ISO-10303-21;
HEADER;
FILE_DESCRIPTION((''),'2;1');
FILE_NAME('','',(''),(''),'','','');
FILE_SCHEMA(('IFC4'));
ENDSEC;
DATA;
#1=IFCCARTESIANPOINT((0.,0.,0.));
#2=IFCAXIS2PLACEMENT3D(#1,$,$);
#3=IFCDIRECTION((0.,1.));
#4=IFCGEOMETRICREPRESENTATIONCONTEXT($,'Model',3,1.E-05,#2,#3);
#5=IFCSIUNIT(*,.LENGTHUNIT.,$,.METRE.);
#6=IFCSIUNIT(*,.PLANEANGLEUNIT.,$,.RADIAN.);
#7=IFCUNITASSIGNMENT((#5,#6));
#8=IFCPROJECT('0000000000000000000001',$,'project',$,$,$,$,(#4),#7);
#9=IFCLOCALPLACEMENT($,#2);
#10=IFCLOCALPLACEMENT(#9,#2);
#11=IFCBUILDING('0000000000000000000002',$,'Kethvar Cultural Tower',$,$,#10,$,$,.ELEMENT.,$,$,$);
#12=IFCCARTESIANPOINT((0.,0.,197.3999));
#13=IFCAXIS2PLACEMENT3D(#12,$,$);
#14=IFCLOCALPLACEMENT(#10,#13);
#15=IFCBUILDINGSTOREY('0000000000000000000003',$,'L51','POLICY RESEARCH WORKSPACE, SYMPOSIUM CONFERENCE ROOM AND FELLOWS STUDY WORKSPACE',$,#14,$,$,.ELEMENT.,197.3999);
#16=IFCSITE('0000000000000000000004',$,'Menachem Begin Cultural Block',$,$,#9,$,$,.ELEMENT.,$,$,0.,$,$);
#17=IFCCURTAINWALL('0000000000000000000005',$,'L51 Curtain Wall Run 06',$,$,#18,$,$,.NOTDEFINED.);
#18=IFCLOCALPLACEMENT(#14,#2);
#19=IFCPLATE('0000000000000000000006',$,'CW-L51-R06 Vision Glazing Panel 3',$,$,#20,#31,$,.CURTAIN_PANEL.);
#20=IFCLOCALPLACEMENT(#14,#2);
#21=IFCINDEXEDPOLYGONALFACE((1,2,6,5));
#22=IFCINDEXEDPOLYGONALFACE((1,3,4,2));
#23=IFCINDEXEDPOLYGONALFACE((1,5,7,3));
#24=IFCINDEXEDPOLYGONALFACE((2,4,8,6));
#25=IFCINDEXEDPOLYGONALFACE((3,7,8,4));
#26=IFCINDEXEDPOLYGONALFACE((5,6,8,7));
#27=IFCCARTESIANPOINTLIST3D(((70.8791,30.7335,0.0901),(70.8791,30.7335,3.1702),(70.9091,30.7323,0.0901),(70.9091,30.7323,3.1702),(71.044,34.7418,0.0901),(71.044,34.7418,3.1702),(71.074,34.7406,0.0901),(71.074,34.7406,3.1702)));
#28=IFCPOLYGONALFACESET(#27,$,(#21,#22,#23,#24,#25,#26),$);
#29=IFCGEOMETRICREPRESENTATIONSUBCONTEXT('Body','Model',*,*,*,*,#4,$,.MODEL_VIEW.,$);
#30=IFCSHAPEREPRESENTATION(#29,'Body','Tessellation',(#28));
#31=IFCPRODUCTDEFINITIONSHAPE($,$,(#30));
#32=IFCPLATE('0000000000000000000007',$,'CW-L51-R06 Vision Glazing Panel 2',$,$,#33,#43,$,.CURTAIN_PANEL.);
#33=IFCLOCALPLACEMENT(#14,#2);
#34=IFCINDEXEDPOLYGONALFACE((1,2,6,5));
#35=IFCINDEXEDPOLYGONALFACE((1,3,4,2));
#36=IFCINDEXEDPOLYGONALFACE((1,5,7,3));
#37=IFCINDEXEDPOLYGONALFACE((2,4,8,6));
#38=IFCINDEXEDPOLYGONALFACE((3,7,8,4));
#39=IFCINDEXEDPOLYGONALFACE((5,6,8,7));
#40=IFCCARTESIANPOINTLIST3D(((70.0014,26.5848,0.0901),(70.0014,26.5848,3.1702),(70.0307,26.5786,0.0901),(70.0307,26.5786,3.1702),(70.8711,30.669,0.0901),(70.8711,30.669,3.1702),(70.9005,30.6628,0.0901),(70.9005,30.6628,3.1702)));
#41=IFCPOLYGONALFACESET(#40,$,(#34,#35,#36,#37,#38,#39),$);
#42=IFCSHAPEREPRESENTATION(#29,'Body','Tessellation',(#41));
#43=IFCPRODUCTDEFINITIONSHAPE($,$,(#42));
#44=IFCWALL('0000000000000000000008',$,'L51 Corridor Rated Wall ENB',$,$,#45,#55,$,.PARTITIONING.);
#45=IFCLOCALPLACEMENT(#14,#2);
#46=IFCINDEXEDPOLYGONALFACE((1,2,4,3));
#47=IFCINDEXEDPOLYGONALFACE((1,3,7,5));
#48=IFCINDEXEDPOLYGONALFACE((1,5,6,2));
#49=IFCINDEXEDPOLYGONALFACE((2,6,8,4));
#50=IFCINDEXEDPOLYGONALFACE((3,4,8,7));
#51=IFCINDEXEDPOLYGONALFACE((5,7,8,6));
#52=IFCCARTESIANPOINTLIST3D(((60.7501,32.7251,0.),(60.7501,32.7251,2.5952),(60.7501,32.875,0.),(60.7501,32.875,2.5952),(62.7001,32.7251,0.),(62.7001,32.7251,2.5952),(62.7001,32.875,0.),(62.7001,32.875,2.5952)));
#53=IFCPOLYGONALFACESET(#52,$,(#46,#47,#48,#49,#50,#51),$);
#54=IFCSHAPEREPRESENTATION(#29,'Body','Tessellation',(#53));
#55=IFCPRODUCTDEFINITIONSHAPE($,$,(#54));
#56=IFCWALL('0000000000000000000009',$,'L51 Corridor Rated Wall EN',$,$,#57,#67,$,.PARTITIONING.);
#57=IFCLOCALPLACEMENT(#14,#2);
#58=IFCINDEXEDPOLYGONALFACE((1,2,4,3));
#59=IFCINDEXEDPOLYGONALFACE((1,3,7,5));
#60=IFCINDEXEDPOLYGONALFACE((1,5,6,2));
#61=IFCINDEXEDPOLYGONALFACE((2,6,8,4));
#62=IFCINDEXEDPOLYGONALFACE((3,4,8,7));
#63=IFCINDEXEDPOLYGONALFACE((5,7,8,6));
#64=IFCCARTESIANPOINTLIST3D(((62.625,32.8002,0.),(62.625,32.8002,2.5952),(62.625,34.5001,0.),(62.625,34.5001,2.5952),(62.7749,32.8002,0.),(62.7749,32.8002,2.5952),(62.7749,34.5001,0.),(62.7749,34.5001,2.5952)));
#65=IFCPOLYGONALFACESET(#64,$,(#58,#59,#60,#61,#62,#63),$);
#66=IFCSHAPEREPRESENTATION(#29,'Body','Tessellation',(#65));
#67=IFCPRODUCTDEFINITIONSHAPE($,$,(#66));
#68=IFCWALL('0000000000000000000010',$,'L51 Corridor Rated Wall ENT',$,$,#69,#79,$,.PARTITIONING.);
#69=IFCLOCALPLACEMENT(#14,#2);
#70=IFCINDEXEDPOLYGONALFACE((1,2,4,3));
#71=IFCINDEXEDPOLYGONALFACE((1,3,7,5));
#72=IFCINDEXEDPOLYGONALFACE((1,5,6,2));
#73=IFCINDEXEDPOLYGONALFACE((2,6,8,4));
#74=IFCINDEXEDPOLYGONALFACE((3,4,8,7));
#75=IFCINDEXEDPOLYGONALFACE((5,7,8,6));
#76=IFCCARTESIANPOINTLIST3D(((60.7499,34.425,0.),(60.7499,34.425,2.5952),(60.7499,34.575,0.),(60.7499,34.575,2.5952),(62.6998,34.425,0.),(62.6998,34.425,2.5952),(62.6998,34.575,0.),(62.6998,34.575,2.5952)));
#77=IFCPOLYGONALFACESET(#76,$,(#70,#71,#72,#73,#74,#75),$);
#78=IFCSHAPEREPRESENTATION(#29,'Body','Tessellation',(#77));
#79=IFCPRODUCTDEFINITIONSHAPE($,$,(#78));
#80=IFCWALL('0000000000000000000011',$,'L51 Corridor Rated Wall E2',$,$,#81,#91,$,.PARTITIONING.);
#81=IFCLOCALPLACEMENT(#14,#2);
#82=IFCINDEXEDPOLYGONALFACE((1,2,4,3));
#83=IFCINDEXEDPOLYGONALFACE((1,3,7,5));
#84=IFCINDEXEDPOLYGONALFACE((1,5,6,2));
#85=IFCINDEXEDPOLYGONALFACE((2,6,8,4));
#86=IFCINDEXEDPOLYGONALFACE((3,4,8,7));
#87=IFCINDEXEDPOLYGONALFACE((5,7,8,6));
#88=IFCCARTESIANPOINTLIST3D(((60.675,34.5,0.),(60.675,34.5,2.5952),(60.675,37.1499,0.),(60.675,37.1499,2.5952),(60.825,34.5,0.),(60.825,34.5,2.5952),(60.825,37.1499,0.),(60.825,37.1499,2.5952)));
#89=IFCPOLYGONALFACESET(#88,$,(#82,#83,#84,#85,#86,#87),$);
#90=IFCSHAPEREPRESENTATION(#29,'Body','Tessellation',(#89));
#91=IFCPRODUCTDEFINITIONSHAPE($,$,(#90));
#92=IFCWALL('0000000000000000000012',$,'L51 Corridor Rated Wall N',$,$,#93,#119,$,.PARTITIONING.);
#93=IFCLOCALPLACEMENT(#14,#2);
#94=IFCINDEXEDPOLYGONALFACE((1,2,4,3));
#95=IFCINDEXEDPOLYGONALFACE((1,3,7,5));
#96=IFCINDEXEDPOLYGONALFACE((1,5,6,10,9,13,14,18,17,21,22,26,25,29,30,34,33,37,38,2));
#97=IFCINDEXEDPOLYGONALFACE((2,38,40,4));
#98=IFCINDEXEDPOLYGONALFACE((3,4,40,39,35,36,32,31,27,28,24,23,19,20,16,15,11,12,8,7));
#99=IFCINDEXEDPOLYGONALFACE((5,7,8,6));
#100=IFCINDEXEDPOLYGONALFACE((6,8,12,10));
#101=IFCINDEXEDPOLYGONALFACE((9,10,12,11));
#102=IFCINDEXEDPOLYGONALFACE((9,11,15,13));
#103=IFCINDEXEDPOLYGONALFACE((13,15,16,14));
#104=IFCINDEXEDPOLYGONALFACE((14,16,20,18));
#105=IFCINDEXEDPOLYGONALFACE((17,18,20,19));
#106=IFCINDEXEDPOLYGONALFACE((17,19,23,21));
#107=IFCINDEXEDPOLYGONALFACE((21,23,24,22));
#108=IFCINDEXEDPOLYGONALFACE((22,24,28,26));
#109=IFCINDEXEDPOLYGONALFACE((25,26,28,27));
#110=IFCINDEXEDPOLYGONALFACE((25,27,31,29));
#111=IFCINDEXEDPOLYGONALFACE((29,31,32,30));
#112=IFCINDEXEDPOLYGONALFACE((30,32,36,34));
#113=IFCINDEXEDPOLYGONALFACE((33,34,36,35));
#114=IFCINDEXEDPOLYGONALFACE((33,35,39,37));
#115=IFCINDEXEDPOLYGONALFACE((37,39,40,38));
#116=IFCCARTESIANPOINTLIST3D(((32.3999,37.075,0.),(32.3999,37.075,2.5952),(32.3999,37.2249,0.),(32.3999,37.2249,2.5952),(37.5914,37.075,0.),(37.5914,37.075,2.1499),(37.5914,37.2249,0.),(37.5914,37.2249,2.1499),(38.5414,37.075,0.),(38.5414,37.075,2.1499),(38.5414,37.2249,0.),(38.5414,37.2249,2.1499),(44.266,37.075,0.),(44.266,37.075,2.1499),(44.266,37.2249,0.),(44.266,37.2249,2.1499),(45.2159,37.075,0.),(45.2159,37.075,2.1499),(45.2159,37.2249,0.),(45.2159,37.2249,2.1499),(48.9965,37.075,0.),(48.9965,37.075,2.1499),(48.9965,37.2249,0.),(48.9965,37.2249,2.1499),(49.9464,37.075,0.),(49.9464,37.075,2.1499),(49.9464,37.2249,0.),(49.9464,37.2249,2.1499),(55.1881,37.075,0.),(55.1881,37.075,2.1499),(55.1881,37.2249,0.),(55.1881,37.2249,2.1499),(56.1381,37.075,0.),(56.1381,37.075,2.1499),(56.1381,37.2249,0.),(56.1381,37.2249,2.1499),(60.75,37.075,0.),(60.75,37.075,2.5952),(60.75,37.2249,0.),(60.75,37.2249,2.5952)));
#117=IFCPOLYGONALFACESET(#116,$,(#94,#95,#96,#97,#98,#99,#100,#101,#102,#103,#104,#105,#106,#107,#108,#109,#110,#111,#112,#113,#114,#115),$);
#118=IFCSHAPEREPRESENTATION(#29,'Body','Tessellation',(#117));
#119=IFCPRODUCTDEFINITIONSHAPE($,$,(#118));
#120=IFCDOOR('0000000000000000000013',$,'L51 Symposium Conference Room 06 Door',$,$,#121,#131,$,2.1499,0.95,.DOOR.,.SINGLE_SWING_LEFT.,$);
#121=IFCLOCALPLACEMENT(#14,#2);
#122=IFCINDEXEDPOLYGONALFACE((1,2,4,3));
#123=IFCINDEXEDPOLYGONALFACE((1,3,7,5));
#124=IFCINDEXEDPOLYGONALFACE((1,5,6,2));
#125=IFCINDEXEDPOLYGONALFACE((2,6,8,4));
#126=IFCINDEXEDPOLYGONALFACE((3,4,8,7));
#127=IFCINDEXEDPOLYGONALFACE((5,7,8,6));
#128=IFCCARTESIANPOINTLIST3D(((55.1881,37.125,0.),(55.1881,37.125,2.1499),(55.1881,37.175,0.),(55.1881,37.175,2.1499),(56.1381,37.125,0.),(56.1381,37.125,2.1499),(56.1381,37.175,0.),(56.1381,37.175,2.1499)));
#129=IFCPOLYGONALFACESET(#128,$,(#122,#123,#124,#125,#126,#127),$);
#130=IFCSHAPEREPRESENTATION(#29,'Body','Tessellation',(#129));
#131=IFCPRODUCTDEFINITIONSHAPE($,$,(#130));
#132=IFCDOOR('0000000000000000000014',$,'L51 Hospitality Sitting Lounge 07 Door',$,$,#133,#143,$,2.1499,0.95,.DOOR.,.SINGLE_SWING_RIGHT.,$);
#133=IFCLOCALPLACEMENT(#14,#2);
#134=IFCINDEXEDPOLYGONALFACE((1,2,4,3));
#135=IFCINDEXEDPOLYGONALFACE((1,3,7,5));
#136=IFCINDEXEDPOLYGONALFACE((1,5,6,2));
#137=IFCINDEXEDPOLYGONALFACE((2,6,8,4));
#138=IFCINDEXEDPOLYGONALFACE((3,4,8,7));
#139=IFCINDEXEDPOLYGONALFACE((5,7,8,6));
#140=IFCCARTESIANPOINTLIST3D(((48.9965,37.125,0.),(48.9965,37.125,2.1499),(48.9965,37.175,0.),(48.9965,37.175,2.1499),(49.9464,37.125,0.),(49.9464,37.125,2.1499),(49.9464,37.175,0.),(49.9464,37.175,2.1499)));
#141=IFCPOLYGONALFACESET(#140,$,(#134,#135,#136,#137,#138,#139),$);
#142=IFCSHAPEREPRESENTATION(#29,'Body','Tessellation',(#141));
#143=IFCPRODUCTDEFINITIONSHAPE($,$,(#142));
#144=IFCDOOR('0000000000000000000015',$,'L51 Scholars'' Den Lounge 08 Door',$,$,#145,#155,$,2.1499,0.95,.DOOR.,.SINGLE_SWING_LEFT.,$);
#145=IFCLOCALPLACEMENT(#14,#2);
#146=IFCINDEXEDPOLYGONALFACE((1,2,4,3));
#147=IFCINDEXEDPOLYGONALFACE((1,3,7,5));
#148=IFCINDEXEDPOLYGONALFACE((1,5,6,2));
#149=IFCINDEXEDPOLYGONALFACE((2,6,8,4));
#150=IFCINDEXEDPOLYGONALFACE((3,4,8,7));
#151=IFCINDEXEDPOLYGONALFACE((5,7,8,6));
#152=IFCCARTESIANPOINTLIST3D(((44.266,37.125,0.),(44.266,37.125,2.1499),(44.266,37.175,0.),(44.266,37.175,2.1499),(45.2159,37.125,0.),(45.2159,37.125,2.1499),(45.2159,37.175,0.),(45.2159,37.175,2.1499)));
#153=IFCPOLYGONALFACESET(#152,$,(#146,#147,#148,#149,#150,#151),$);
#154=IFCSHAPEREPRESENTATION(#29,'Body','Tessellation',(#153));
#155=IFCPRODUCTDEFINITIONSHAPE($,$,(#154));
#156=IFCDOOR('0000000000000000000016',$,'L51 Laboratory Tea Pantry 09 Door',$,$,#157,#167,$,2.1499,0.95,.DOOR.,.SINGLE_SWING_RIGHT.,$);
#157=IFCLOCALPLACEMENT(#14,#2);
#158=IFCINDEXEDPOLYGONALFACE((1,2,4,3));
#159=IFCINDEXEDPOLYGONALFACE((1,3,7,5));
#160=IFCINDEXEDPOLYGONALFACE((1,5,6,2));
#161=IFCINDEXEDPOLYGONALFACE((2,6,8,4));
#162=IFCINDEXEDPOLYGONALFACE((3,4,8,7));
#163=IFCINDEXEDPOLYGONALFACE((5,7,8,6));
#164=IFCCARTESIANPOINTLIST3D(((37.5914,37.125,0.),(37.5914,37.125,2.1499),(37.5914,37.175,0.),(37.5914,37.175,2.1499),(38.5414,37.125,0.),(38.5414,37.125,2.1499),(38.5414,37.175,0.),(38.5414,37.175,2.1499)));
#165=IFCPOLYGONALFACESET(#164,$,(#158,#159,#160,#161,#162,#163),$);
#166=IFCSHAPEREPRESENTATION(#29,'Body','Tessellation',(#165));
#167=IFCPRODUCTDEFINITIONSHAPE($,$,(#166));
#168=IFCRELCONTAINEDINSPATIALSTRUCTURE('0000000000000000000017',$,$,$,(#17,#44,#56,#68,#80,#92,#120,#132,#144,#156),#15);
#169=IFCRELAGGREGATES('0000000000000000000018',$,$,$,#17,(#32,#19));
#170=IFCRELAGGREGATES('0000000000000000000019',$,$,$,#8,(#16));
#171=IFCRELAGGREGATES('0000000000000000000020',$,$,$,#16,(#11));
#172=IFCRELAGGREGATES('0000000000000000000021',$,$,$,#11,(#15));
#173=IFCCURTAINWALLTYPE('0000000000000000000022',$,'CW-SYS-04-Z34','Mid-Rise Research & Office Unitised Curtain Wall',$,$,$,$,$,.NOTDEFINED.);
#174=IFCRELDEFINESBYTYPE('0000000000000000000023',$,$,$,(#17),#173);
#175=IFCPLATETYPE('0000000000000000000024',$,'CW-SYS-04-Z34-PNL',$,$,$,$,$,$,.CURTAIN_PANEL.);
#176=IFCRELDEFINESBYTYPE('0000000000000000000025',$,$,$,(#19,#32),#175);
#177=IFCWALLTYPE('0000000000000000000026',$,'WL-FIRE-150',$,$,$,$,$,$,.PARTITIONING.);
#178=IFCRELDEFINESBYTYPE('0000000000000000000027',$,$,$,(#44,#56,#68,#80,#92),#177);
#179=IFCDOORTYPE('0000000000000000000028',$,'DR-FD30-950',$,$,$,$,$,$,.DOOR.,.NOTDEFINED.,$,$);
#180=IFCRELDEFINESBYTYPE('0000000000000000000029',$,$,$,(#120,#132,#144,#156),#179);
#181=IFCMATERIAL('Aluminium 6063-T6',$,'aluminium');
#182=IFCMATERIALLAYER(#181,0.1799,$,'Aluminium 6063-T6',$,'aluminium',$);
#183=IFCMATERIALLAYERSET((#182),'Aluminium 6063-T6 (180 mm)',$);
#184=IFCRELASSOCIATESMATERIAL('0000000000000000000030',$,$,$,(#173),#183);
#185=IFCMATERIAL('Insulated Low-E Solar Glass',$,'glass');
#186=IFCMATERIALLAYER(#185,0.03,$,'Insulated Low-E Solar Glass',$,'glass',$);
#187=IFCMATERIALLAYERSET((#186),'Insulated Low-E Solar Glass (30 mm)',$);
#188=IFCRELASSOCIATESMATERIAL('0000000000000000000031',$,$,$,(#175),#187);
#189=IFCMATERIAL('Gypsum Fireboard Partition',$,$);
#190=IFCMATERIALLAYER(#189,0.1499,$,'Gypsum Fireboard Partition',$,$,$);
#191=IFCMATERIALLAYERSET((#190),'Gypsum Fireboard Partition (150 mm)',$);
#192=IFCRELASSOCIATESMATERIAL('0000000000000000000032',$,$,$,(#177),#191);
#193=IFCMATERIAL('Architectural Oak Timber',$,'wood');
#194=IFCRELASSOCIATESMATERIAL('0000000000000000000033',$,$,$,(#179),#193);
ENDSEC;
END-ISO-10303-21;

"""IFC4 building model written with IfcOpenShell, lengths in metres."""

from ifc_helpers import new_model, si_unit, direction, frame, frame_2d, origin, origin_2d, place, context, subcontext, project, spatial, rectangle, extrude, source, transform, mapped, material, layer, layer_set, type_object, element, fill, aggregate, save


model = new_model("IFC4")

# Units and contexts
model_context = context("Model", 3, precision=1e-05, world=origin(), true_north=direction((0.0, 1.0)))
body_context = subcontext(model_context, "Body", "Model", "MODEL_VIEW")
ifc_project = project(units=[si_unit("LENGTHUNIT", "METRE"), si_unit("PLANEANGLEUNIT", "RADIAN")], contexts=[model_context])

# Site, building, storey
site_placement = place(None, origin())
site = spatial("IfcSite", under=ifc_project, at=site_placement, Name="Menachem Begin Cultural Block", CompositionType="ELEMENT", RefElevation=0.0)
building_placement = place(site_placement, origin())
building = spatial("IfcBuilding", under=site, at=building_placement, Name="Kethvar Cultural Tower", CompositionType="ELEMENT")
storey_placement = place(building_placement, frame((0.0, 0.0, 197.3999)))
storey = spatial("IfcBuildingStorey", under=building, at=storey_placement, Name="L51", Description="POLICY RESEARCH WORKSPACE, SYMPOSIUM CONFERENCE ROOM AND FELLOWS STUDY WORKSPACE", CompositionType="ELEMENT", Elevation=197.3999)

# Curtain wall, plates
ifc_material_1 = material(Name="Aluminium 6063-T6", Category="aluminium")
ifc_layer_1 = layer(ifc_material_1, 0.1799, Name="Aluminium 6063-T6", Category="aluminium")
ifc_layer_set_1 = layer_set([ifc_layer_1], Name="Aluminium 6063-T6 (180 mm)")
curtain_wall_type = type_object("IfcCurtainWallType", Name="CW-SYS-04-Z34", Description="Mid-Rise Research & Office Unitised Curtain Wall", PredefinedType="NOTDEFINED", material=ifc_layer_set_1)
curtain_wall_placement = place(storey_placement, origin())
curtain_wall = element("IfcCurtainWall", 1, at=curtain_wall_placement, inside=storey, type_object=curtain_wall_type, Name="L51 Curtain Wall Run 06", PredefinedType="NOTDEFINED")
ifc_material_2 = material(Name="Insulated Low-E Solar Glass", Category="glass")
ifc_layer_2 = layer(ifc_material_2, 0.03, Name="Insulated Low-E Solar Glass", Category="glass")
ifc_layer_set_2 = layer_set([ifc_layer_2], Name="Insulated Low-E Solar Glass (30 mm)")
plate_type = type_object("IfcPlateType", Name="CW-SYS-04-Z34-PNL", PredefinedType="CURTAIN_PANEL", material=ifc_layer_set_2)
shared_shape_1 = source(origin(), body_context, "Body", "SweptSolid", [
    extrude(rectangle(XDim=4.0117, YDim=0.03, at=origin_2d()), origin(), (0.0, 0.0, 1.0), 3.0801),
])
plate_1_placement = place(storey_placement, frame((70.9766, 32.7371, 0.0901), z_axis=(0.0, 0.0, 1.0), x_axis=(0.041091, 0.999155, 0.0)))
plate_1 = element("IfcPlate", 2, at=plate_1_placement, type_object=plate_type, Name="CW-L51-R06 Vision Glazing Panel 3", PredefinedType="CURTAIN_PANEL", context=body_context, shape_type="MappedRepresentation", body=[
    mapped(shared_shape_1, transform((0.0, 0.0, 0.0), scale=1.0)),
])
shared_shape_2 = source(origin(), body_context, "Body", "SweptSolid", [
    extrude(rectangle(XDim=4.1758, YDim=0.03, at=origin_2d()), origin(), (0.0, 0.0, 1.0), 3.0801),
])
plate_2_placement = place(storey_placement, frame((70.4509, 28.6238, 0.0901), z_axis=(0.0, 0.0, 1.0), x_axis=(0.208287, 0.978068, 0.0)))
plate_2 = element("IfcPlate", 3, at=plate_2_placement, type_object=plate_type, Name="CW-L51-R06 Vision Glazing Panel 2", PredefinedType="CURTAIN_PANEL", context=body_context, shape_type="MappedRepresentation", body=[
    mapped(shared_shape_2, transform((0.0, 0.0, 0.0), scale=1.0)),
])
aggregate(curtain_wall, [plate_2, plate_1])

# Walls
ifc_material_3 = material(Name="Gypsum Fireboard Partition")
ifc_layer_3 = layer(ifc_material_3, 0.1499, Name="Gypsum Fireboard Partition")
ifc_layer_set_3 = layer_set([ifc_layer_3], Name="Gypsum Fireboard Partition (150 mm)")
wall_type_1 = type_object("IfcWallType", Name="WL-FIRE-150", PredefinedType="PARTITIONING", material=ifc_layer_set_3)
wall_1_placement = place(storey_placement, frame((60.75, 32.8, 0.0), z_axis=(0.0, 0.0, 1.0), x_axis=(1.0, 0.0, 0.0)))
element("IfcWall", 4, at=wall_1_placement, inside=storey, type_object=wall_type_1, Name="L51 Corridor Rated Wall ENB", PredefinedType="PARTITIONING", context=body_context, shape_type="SweptSolid", body=[
    extrude(rectangle(XDim=1.95, YDim=0.1499, at=frame_2d((0.9751, 0.0))), origin(), (0.0, 0.0, 1.0), 2.5952),
])
wall_2_placement = place(storey_placement, frame((62.7, 32.8, 0.0), z_axis=(0.0, 0.0, 1.0), x_axis=(0.0, 1.0, 0.0)))
element("IfcWall", 5, at=wall_2_placement, inside=storey, type_object=wall_type_1, Name="L51 Corridor Rated Wall EN", PredefinedType="PARTITIONING", context=body_context, shape_type="SweptSolid", body=[
    extrude(rectangle(XDim=1.7, YDim=0.1499, at=frame_2d((0.8501, 0.0))), origin(), (0.0, 0.0, 1.0), 2.5952),
])
wall_3_placement = place(storey_placement, frame((62.7, 34.5, 0.0), z_axis=(0.0, 0.0, 1.0), x_axis=(-1.0, 0.0, 0.0)))
element("IfcWall", 6, at=wall_3_placement, inside=storey, type_object=wall_type_1, Name="L51 Corridor Rated Wall ENT", PredefinedType="PARTITIONING", context=body_context, shape_type="SweptSolid", body=[
    extrude(rectangle(XDim=1.95, YDim=0.1499, at=frame_2d((0.9751, 0.0))), origin(), (0.0, 0.0, 1.0), 2.5952),
])
wall_4_placement = place(storey_placement, frame((60.75, 34.5, 0.0), z_axis=(0.0, 0.0, 1.0), x_axis=(0.0, 1.0, 0.0)))
element("IfcWall", 7, at=wall_4_placement, inside=storey, type_object=wall_type_1, Name="L51 Corridor Rated Wall E2", PredefinedType="PARTITIONING", context=body_context, shape_type="SweptSolid", body=[
    extrude(rectangle(XDim=2.6499, YDim=0.1499, at=frame_2d((1.325, 0.0))), origin(), (0.0, 0.0, 1.0), 2.5952),
])

# Wall, openings, doors
wall_5_placement = place(storey_placement, frame((60.75, 37.1499, 0.0), z_axis=(0.0, 0.0, 1.0), x_axis=(-1.0, 0.0, 0.0)))
wall_5 = element("IfcWall", 8, at=wall_5_placement, inside=storey, type_object=wall_type_1, Name="L51 Corridor Rated Wall N", PredefinedType="PARTITIONING", context=body_context, shape_type="SweptSolid", body=[
    extrude(rectangle(XDim=28.3501, YDim=0.1499, at=frame_2d((14.175, 0.0))), origin(), (0.0, 0.0, 1.0), 2.5952),
])
opening_1_placement = place(wall_5_placement, frame((4.6118, 0.0, 0.0)))
opening_1 = element("IfcOpeningElement", 9, at=opening_1_placement, cuts=wall_5, PredefinedType="OPENING", context=body_context, shape_type="SweptSolid", body=[
    extrude(rectangle(XDim=0.95, YDim=2.1499, at=frame_2d((0.4751, 1.075))), frame((0.0, 0.085, 0.0), z_axis=(0.0, -1.0, 0.0), x_axis=(1.0, 0.0, 0.0)), (0.0, 0.0, 1.0), 0.1699),
])
opening_2_placement = place(wall_5_placement, frame((10.8035, 0.0, 0.0)))
opening_2 = element("IfcOpeningElement", 10, at=opening_2_placement, cuts=wall_5, PredefinedType="OPENING", context=body_context, shape_type="SweptSolid", body=[
    extrude(rectangle(XDim=0.95, YDim=2.1499, at=frame_2d((0.4751, 1.075))), frame((0.0, 0.085, 0.0), z_axis=(0.0, -1.0, 0.0), x_axis=(1.0, 0.0, 0.0)), (0.0, 0.0, 1.0), 0.1699),
])
opening_3_placement = place(wall_5_placement, frame((15.5339, 0.0, 0.0)))
opening_3 = element("IfcOpeningElement", 11, at=opening_3_placement, cuts=wall_5, PredefinedType="OPENING", context=body_context, shape_type="SweptSolid", body=[
    extrude(rectangle(XDim=0.95, YDim=2.1499, at=frame_2d((0.4751, 1.075))), frame((0.0, 0.085, 0.0), z_axis=(0.0, -1.0, 0.0), x_axis=(1.0, 0.0, 0.0)), (0.0, 0.0, 1.0), 0.1699),
])
opening_4_placement = place(wall_5_placement, frame((22.2085, 0.0, 0.0)))
opening_4 = element("IfcOpeningElement", 12, at=opening_4_placement, cuts=wall_5, PredefinedType="OPENING", context=body_context, shape_type="SweptSolid", body=[
    extrude(rectangle(XDim=0.95, YDim=2.1499, at=frame_2d((0.4751, 1.075))), frame((0.0, 0.085, 0.0), z_axis=(0.0, -1.0, 0.0), x_axis=(1.0, 0.0, 0.0)), (0.0, 0.0, 1.0), 0.1699),
])
ifc_material_4 = material(Name="Architectural Oak Timber", Category="wood")
door_type = type_object("IfcDoorType", Name="DR-FD30-950", OperationType="NOTDEFINED", PredefinedType="DOOR", material=ifc_material_4)
shared_shape_3 = source(origin(), body_context, "Body", "SweptSolid", [
    extrude(rectangle(XDim=0.95, YDim=2.1499, at=frame_2d((0.4751, 1.075))), frame((0.0, 0.0249, 0.0), z_axis=(0.0, -1.0, 0.0), x_axis=(1.0, 0.0, 0.0)), (0.0, 0.0, 1.0), 0.05),
])
door_1_placement = place(opening_1_placement, origin())
door_1 = element("IfcDoor", 13, at=door_1_placement, inside=storey, type_object=door_type, Name="L51 Symposium Conference Room 06 Door", OperationType="SINGLE_SWING_LEFT", OverallHeight=2.1499, OverallWidth=0.95, PredefinedType="DOOR", context=body_context, shape_type="MappedRepresentation", body=[
    mapped(shared_shape_3, transform((0.0, 0.0, 0.0), scale=1.0)),
])
fill(opening_1, door_1)
door_2_placement = place(opening_2_placement, origin())
door_2 = element("IfcDoor", 14, at=door_2_placement, inside=storey, type_object=door_type, Name="L51 Hospitality Sitting Lounge 07 Door", OperationType="SINGLE_SWING_RIGHT", OverallHeight=2.1499, OverallWidth=0.95, PredefinedType="DOOR", context=body_context, shape_type="MappedRepresentation", body=[
    mapped(shared_shape_3, transform((0.0, 0.0, 0.0), scale=1.0)),
])
fill(opening_2, door_2)
door_3_placement = place(opening_3_placement, origin())
door_3 = element("IfcDoor", 15, at=door_3_placement, inside=storey, type_object=door_type, Name="L51 Scholars' Den Lounge 08 Door", OperationType="SINGLE_SWING_LEFT", OverallHeight=2.1499, OverallWidth=0.95, PredefinedType="DOOR", context=body_context, shape_type="MappedRepresentation", body=[
    mapped(shared_shape_3, transform((0.0, 0.0, 0.0), scale=1.0)),
])
fill(opening_3, door_3)
door_4_placement = place(opening_4_placement, origin())
door_4 = element("IfcDoor", 16, at=door_4_placement, inside=storey, type_object=door_type, Name="L51 Laboratory Tea Pantry 09 Door", OperationType="SINGLE_SWING_RIGHT", OverallHeight=2.1499, OverallWidth=0.95, PredefinedType="DOOR", context=body_context, shape_type="MappedRepresentation", body=[
    mapped(shared_shape_3, transform((0.0, 0.0, 0.0), scale=1.0)),
])
fill(opening_4, door_4)

save(model, "model.ifc")
